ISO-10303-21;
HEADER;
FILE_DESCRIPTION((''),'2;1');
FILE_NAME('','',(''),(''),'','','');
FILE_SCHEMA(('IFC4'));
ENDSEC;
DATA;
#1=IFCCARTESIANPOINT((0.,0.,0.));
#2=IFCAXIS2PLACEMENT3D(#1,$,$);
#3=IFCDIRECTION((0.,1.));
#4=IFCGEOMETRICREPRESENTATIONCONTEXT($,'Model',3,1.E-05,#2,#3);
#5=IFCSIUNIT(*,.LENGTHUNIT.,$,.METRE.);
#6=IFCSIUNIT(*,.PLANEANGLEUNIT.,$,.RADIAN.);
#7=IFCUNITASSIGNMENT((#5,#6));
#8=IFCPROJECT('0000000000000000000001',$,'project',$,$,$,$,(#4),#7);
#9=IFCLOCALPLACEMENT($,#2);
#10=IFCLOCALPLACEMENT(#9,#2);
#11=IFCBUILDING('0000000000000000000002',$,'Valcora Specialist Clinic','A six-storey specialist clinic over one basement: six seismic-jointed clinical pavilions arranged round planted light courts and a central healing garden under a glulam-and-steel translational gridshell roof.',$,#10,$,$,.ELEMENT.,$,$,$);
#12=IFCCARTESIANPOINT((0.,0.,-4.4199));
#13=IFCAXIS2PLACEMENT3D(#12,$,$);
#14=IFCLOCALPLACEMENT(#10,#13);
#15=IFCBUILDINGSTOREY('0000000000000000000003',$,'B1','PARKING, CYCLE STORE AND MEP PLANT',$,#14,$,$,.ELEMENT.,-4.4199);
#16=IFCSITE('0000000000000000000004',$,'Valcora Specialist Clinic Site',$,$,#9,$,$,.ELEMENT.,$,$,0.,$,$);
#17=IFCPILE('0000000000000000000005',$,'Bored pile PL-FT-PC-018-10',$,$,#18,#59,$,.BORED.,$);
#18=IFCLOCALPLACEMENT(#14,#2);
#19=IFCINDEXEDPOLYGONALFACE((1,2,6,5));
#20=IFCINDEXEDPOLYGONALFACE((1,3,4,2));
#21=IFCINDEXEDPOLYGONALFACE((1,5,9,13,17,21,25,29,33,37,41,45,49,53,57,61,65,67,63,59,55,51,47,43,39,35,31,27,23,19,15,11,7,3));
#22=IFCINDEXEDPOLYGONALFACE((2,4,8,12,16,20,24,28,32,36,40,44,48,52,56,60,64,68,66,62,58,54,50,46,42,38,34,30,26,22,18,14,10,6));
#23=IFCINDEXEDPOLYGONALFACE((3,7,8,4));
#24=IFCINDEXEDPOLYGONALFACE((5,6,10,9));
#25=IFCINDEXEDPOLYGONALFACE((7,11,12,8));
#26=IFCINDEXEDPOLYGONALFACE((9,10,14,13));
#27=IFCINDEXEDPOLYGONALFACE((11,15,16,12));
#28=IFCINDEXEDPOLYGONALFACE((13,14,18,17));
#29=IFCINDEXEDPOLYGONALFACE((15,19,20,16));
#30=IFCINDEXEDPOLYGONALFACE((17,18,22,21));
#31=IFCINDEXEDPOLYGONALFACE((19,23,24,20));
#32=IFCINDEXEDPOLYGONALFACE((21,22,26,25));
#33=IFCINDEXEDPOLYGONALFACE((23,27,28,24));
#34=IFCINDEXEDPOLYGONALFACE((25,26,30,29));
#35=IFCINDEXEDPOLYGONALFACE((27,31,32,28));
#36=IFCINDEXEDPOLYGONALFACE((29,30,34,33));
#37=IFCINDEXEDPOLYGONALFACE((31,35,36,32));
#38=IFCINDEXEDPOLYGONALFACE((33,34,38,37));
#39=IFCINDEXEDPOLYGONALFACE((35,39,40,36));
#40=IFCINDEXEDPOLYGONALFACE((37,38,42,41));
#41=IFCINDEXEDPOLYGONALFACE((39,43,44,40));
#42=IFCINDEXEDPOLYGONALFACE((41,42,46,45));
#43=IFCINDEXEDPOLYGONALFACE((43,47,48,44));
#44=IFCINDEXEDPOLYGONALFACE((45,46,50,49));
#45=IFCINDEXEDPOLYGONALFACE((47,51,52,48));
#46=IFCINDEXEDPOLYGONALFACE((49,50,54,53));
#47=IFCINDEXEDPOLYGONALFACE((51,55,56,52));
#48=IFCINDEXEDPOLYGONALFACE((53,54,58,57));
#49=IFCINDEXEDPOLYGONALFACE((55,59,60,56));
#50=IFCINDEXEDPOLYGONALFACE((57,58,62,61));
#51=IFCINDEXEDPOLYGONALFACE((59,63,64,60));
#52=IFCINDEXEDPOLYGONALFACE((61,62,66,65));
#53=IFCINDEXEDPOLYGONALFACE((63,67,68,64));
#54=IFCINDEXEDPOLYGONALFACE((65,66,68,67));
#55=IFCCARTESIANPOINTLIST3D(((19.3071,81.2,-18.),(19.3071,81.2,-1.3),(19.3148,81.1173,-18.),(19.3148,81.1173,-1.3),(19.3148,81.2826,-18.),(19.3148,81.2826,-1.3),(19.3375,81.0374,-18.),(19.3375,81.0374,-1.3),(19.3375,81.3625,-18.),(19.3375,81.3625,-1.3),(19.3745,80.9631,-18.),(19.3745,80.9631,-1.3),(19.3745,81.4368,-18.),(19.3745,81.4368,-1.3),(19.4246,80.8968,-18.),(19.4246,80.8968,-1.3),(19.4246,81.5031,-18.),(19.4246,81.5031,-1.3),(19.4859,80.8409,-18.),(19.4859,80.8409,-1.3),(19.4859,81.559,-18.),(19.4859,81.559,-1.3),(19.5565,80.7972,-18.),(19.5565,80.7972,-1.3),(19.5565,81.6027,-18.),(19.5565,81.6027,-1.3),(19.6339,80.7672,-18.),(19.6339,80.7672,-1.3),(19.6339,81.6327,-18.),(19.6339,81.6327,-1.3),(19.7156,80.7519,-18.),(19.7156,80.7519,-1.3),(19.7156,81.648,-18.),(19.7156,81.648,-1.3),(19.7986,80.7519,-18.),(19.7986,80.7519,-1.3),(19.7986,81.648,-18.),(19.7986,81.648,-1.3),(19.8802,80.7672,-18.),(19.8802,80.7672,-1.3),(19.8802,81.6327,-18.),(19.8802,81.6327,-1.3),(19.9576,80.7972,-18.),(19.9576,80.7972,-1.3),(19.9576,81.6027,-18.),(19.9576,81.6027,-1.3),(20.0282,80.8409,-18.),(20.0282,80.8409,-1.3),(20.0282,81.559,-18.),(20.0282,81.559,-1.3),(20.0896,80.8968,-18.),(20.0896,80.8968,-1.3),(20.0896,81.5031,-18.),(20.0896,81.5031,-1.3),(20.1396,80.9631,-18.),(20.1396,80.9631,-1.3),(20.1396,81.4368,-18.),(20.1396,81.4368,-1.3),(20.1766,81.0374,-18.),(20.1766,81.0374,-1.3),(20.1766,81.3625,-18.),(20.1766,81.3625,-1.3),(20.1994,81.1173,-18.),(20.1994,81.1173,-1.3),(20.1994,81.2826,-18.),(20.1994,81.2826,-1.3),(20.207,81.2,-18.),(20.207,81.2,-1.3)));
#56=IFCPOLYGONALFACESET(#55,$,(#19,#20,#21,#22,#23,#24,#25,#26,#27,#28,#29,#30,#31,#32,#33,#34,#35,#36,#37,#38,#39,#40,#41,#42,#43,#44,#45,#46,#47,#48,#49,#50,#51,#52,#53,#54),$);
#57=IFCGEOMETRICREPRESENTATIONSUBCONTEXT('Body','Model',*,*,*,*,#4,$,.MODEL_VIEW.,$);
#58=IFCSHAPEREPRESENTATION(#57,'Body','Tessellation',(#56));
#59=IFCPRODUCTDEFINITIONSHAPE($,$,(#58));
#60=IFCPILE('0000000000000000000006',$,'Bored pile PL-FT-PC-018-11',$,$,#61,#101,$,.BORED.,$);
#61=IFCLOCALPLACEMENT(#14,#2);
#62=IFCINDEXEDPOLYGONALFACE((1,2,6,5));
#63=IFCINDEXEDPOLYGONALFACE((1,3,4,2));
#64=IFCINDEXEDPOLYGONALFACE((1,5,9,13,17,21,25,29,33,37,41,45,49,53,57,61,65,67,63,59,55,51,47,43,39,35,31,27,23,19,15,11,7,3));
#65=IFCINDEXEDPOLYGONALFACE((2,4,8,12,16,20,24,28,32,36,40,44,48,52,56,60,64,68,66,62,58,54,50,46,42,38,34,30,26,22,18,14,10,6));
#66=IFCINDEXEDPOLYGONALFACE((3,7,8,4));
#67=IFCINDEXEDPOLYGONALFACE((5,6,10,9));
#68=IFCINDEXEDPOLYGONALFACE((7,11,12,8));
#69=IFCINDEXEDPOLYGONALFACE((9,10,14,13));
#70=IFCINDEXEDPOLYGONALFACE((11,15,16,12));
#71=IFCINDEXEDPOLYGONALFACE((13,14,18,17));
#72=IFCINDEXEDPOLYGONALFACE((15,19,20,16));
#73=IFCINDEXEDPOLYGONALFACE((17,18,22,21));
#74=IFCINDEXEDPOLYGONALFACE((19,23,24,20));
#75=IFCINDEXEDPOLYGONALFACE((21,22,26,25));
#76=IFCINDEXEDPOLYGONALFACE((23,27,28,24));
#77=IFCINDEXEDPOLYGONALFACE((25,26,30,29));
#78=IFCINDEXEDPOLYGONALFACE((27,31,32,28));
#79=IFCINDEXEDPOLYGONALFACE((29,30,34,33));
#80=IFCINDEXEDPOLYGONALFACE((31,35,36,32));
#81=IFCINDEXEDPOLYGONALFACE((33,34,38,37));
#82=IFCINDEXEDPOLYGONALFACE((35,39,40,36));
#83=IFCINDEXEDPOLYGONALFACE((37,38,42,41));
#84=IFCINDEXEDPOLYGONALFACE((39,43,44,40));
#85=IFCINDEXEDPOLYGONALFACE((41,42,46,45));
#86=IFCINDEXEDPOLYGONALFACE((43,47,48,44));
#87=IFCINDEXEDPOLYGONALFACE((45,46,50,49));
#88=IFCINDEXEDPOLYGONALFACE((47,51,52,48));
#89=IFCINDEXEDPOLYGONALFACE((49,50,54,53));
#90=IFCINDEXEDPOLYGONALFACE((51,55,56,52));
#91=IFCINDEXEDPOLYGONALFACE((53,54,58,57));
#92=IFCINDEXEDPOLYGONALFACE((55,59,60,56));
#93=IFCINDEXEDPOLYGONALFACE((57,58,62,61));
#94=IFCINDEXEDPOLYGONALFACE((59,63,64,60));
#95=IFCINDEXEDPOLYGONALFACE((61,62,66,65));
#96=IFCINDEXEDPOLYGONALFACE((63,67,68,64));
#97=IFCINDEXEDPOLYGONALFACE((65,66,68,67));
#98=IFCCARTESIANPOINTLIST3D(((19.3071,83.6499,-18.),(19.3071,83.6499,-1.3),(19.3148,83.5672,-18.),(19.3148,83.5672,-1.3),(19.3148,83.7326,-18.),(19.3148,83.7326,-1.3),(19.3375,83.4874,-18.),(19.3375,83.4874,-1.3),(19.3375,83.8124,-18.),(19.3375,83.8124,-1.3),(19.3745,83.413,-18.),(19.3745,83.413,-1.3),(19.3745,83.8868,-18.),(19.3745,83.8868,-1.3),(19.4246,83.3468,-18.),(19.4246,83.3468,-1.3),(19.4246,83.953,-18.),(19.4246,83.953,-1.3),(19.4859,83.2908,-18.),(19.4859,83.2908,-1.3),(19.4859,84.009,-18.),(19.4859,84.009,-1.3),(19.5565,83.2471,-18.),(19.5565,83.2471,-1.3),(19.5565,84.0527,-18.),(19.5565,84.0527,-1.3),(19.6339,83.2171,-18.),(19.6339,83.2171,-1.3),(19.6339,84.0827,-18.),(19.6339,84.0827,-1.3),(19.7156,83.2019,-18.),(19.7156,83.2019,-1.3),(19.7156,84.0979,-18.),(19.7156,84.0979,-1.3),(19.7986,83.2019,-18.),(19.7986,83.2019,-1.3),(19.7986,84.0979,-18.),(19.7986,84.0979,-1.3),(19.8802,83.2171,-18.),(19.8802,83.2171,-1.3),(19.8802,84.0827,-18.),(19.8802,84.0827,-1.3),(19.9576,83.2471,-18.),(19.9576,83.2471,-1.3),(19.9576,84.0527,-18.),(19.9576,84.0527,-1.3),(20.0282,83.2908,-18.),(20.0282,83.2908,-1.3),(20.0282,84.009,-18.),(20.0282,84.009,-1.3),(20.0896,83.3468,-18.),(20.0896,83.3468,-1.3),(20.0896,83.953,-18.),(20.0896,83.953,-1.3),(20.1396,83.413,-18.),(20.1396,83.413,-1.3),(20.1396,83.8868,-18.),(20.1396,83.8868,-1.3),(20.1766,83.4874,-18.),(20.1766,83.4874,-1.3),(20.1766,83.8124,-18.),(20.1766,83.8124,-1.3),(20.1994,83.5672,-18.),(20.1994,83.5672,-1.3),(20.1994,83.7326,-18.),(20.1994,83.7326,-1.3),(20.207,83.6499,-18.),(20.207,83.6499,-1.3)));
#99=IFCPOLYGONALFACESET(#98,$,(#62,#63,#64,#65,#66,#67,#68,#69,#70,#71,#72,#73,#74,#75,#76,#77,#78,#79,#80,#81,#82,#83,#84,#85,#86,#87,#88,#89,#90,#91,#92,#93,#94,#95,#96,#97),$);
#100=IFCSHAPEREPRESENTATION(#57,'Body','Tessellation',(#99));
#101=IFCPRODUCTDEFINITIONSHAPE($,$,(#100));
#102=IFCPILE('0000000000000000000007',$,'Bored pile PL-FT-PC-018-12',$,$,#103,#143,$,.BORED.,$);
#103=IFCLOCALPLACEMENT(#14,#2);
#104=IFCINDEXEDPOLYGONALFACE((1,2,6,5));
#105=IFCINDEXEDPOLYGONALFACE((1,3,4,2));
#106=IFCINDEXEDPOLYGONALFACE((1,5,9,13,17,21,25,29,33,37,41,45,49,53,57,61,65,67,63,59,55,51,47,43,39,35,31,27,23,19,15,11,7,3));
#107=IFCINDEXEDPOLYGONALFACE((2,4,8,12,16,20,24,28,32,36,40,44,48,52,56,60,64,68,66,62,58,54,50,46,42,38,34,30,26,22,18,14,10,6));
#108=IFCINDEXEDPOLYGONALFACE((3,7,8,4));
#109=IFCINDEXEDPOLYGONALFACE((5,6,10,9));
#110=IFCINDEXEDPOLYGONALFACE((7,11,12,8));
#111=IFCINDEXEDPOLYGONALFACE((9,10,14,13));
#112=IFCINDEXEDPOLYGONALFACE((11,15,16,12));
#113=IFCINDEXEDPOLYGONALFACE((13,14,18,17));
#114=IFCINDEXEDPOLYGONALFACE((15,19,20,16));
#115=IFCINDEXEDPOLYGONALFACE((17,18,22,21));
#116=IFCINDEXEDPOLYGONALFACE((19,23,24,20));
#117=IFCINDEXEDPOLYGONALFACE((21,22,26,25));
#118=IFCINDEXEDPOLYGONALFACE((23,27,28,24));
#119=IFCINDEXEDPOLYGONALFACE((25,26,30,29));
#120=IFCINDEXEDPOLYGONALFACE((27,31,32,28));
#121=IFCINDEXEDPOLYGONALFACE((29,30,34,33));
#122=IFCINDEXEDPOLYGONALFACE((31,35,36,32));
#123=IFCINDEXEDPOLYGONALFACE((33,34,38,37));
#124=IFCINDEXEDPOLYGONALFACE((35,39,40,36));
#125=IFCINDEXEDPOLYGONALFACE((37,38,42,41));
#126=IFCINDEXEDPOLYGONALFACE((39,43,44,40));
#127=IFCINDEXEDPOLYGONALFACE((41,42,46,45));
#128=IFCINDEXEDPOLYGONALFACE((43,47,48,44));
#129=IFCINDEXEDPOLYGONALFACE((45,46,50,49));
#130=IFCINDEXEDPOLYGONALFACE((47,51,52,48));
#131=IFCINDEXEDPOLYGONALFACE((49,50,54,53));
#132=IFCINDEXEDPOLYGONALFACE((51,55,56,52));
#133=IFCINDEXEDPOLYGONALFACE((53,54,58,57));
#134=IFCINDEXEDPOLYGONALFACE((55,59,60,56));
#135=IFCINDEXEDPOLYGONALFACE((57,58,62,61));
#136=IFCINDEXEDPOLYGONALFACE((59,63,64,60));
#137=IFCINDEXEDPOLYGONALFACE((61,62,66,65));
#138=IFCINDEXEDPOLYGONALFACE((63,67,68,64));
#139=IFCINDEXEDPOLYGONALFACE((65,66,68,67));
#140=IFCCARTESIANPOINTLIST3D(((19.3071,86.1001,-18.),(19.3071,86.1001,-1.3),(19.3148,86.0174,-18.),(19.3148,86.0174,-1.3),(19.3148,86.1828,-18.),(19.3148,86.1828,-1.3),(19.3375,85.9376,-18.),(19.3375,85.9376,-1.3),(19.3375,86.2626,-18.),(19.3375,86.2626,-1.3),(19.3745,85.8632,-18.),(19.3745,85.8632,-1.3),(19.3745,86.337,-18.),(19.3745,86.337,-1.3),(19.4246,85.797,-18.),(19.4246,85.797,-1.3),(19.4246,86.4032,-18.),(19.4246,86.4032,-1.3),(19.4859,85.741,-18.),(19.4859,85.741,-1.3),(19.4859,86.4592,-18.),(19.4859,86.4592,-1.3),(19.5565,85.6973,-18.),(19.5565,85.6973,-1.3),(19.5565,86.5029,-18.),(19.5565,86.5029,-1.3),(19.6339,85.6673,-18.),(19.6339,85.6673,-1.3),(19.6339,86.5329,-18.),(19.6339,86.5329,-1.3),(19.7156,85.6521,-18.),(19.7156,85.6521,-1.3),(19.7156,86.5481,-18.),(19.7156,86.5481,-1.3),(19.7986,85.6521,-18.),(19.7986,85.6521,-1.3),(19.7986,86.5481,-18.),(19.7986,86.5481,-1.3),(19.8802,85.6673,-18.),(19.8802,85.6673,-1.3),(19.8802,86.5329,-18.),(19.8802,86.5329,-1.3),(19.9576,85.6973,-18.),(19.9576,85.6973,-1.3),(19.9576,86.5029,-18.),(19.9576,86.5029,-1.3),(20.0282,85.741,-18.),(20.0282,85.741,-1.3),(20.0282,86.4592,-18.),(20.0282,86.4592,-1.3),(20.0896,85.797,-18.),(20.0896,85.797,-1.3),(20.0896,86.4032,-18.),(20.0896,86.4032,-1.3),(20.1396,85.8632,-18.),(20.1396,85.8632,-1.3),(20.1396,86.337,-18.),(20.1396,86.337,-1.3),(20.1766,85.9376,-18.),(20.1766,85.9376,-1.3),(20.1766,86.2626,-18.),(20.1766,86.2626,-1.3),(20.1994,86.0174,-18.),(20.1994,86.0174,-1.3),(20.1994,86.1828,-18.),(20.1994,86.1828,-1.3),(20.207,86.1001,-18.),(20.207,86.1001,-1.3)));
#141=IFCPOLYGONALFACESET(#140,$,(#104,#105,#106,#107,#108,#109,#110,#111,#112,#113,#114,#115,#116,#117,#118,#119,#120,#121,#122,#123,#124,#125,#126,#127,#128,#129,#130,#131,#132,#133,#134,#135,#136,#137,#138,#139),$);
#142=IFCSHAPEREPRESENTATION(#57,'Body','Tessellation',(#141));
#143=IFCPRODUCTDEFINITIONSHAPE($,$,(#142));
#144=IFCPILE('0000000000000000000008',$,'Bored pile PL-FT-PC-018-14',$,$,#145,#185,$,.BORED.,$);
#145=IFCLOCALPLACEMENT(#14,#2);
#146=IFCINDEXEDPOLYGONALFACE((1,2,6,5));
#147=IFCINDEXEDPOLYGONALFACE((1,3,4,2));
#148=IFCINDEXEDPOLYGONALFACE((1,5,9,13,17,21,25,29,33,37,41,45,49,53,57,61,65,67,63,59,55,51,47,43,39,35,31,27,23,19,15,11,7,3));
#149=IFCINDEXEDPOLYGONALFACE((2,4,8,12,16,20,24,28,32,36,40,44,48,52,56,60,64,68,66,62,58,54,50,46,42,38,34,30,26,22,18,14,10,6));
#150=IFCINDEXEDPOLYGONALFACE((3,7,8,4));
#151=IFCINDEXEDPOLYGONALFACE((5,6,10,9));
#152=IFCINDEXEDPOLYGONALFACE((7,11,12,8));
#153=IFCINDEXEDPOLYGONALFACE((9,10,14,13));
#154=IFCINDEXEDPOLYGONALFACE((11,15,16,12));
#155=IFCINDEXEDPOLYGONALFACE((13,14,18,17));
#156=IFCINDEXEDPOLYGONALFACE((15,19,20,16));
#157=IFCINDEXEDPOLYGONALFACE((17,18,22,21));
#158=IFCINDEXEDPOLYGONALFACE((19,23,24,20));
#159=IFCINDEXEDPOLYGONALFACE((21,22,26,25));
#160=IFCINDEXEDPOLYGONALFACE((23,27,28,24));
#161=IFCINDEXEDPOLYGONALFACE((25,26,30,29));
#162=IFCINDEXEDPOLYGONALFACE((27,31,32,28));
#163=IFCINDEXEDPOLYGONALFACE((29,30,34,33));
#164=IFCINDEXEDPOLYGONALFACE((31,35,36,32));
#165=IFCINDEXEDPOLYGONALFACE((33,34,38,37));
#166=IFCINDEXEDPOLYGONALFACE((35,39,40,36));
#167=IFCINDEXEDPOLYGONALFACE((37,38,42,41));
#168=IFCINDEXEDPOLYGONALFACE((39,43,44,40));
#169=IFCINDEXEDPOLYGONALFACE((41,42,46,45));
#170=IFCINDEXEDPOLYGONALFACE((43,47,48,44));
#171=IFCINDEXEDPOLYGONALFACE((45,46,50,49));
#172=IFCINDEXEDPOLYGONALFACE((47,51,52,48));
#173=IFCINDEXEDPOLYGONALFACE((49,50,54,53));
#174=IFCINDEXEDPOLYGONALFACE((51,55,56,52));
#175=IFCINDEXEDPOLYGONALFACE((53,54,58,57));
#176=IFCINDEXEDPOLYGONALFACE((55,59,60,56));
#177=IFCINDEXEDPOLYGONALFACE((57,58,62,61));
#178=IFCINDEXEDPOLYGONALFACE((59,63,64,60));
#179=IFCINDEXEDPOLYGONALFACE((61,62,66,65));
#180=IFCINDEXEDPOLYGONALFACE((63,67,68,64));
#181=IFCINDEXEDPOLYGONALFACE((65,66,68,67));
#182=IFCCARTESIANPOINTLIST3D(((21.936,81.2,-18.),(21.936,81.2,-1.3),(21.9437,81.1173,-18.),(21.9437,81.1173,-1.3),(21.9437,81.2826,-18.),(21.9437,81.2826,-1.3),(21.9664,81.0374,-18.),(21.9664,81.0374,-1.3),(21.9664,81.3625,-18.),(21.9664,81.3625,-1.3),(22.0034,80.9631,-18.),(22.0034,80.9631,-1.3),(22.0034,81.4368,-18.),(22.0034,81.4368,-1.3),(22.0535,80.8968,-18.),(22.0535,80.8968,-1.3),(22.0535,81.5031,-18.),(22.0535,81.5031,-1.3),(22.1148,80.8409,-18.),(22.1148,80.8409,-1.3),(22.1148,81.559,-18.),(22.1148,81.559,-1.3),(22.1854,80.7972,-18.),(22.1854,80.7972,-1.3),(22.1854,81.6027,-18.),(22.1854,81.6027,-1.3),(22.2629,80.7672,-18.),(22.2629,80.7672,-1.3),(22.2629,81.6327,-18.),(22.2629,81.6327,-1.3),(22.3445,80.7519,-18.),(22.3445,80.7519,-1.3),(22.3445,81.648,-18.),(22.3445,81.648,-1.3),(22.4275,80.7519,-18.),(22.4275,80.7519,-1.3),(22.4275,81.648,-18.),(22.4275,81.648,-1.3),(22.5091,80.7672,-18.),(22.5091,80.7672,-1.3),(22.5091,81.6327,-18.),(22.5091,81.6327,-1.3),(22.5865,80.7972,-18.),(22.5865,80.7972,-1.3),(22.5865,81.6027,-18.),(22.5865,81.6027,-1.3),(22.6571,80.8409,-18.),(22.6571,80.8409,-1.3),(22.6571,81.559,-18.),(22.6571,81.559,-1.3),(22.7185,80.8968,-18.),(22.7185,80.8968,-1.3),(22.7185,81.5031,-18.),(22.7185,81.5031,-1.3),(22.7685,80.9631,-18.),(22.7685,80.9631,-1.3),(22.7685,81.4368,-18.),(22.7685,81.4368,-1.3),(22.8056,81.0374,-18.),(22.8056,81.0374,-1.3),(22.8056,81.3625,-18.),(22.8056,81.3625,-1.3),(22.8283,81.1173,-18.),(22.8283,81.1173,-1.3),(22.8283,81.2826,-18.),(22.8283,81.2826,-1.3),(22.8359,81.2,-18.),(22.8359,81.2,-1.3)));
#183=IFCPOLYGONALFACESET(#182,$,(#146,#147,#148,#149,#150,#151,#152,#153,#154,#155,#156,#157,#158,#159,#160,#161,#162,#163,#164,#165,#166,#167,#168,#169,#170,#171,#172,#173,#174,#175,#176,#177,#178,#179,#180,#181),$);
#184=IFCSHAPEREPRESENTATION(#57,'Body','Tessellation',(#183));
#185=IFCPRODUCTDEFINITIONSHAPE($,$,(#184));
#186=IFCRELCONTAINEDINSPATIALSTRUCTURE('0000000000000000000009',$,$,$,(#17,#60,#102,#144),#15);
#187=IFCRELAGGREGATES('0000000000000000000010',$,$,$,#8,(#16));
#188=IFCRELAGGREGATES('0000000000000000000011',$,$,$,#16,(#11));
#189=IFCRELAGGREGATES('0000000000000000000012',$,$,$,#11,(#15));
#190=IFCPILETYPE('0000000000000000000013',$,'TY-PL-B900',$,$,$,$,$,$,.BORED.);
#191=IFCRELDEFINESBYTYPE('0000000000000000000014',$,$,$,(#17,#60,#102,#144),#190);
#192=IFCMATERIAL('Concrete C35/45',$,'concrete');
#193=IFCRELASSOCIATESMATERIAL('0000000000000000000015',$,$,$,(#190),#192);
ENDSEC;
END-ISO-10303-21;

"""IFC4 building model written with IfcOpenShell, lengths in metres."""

from ifc_helpers import new_model, si_unit, direction, frame, origin, origin_2d, place, context, subcontext, project, spatial, circle, extrude, material, material_profile, profile_set, type_object, element, save


model = new_model("IFC4")

# Units and contexts
model_context = context("Model", 3, precision=1e-05, world=origin(), true_north=direction((0.0, 1.0)))
body_context = subcontext(model_context, "Body", "Model", "MODEL_VIEW")
ifc_project = project(units=[si_unit("LENGTHUNIT", "METRE"), si_unit("PLANEANGLEUNIT", "RADIAN")], contexts=[model_context])

# Site, building, storey
site_placement = place(None, origin())
site = spatial("IfcSite", under=ifc_project, at=site_placement, Name="Valcora Specialist Clinic Site", CompositionType="ELEMENT", RefElevation=0.0)
building_placement = place(site_placement, origin())
building = spatial("IfcBuilding", under=site, at=building_placement, Name="Valcora Specialist Clinic", Description="A six-storey specialist clinic over one basement: six seismic-jointed clinical pavilions arranged round planted light courts and a central healing garden under a glulam-and-steel translational gridshell roof.", CompositionType="ELEMENT")
storey_placement = place(building_placement, frame((0.0, 0.0, -4.4199)))
storey = spatial("IfcBuildingStorey", under=building, at=storey_placement, Name="B1", Description="PARKING, CYCLE STORE AND MEP PLANT", CompositionType="ELEMENT", Elevation=-4.4199)

# Piles
ifc_material_1 = material(Name="Concrete C35/45", Category="concrete")
ifc_material_profile_1 = material_profile(ifc_material_1, circle(Radius=0.45, at=origin_2d()), Name="RC-PIL-D900")
ifc_profile_set_1 = profile_set([ifc_material_profile_1], Name="Concrete C35/45")
pile_type = type_object("IfcPileType", Name="TY-PL-B900", PredefinedType="BORED", material=ifc_profile_set_1)
for number, where, z_axis, x_axis, name in (
    (1, (19.7571, 81.2, -1.3), (0.0, 0.0, -1.0), (1.0, 0.0, 0.0), "Bored pile PL-FT-PC-018-10"),
    (2, (19.7571, 83.6499, -1.3), (0.0, 0.0, -1.0), (1.0, 0.0, 0.0), "Bored pile PL-FT-PC-018-11"),
    (3, (19.7571, 86.1001, -1.3), (0.0, 0.0, -1.0), (1.0, 0.0, 0.0), "Bored pile PL-FT-PC-018-12"),
    (4, (22.386, 81.2, -1.3), (0.0, 0.0, -1.0), (1.0, 0.0, 0.0), "Bored pile PL-FT-PC-018-14"),
):
    element("IfcPile", number, at=place(storey_placement, frame(where, z_axis=z_axis, x_axis=x_axis)), inside=storey, type_object=pile_type, Name=name, PredefinedType="BORED", context=body_context, shape_type="SweptSolid", body=[
        extrude(circle(Radius=0.45, at=origin_2d()), origin(), (0.0, 0.0, 1.0), 16.7),
    ])

save(model, "model.ifc")
